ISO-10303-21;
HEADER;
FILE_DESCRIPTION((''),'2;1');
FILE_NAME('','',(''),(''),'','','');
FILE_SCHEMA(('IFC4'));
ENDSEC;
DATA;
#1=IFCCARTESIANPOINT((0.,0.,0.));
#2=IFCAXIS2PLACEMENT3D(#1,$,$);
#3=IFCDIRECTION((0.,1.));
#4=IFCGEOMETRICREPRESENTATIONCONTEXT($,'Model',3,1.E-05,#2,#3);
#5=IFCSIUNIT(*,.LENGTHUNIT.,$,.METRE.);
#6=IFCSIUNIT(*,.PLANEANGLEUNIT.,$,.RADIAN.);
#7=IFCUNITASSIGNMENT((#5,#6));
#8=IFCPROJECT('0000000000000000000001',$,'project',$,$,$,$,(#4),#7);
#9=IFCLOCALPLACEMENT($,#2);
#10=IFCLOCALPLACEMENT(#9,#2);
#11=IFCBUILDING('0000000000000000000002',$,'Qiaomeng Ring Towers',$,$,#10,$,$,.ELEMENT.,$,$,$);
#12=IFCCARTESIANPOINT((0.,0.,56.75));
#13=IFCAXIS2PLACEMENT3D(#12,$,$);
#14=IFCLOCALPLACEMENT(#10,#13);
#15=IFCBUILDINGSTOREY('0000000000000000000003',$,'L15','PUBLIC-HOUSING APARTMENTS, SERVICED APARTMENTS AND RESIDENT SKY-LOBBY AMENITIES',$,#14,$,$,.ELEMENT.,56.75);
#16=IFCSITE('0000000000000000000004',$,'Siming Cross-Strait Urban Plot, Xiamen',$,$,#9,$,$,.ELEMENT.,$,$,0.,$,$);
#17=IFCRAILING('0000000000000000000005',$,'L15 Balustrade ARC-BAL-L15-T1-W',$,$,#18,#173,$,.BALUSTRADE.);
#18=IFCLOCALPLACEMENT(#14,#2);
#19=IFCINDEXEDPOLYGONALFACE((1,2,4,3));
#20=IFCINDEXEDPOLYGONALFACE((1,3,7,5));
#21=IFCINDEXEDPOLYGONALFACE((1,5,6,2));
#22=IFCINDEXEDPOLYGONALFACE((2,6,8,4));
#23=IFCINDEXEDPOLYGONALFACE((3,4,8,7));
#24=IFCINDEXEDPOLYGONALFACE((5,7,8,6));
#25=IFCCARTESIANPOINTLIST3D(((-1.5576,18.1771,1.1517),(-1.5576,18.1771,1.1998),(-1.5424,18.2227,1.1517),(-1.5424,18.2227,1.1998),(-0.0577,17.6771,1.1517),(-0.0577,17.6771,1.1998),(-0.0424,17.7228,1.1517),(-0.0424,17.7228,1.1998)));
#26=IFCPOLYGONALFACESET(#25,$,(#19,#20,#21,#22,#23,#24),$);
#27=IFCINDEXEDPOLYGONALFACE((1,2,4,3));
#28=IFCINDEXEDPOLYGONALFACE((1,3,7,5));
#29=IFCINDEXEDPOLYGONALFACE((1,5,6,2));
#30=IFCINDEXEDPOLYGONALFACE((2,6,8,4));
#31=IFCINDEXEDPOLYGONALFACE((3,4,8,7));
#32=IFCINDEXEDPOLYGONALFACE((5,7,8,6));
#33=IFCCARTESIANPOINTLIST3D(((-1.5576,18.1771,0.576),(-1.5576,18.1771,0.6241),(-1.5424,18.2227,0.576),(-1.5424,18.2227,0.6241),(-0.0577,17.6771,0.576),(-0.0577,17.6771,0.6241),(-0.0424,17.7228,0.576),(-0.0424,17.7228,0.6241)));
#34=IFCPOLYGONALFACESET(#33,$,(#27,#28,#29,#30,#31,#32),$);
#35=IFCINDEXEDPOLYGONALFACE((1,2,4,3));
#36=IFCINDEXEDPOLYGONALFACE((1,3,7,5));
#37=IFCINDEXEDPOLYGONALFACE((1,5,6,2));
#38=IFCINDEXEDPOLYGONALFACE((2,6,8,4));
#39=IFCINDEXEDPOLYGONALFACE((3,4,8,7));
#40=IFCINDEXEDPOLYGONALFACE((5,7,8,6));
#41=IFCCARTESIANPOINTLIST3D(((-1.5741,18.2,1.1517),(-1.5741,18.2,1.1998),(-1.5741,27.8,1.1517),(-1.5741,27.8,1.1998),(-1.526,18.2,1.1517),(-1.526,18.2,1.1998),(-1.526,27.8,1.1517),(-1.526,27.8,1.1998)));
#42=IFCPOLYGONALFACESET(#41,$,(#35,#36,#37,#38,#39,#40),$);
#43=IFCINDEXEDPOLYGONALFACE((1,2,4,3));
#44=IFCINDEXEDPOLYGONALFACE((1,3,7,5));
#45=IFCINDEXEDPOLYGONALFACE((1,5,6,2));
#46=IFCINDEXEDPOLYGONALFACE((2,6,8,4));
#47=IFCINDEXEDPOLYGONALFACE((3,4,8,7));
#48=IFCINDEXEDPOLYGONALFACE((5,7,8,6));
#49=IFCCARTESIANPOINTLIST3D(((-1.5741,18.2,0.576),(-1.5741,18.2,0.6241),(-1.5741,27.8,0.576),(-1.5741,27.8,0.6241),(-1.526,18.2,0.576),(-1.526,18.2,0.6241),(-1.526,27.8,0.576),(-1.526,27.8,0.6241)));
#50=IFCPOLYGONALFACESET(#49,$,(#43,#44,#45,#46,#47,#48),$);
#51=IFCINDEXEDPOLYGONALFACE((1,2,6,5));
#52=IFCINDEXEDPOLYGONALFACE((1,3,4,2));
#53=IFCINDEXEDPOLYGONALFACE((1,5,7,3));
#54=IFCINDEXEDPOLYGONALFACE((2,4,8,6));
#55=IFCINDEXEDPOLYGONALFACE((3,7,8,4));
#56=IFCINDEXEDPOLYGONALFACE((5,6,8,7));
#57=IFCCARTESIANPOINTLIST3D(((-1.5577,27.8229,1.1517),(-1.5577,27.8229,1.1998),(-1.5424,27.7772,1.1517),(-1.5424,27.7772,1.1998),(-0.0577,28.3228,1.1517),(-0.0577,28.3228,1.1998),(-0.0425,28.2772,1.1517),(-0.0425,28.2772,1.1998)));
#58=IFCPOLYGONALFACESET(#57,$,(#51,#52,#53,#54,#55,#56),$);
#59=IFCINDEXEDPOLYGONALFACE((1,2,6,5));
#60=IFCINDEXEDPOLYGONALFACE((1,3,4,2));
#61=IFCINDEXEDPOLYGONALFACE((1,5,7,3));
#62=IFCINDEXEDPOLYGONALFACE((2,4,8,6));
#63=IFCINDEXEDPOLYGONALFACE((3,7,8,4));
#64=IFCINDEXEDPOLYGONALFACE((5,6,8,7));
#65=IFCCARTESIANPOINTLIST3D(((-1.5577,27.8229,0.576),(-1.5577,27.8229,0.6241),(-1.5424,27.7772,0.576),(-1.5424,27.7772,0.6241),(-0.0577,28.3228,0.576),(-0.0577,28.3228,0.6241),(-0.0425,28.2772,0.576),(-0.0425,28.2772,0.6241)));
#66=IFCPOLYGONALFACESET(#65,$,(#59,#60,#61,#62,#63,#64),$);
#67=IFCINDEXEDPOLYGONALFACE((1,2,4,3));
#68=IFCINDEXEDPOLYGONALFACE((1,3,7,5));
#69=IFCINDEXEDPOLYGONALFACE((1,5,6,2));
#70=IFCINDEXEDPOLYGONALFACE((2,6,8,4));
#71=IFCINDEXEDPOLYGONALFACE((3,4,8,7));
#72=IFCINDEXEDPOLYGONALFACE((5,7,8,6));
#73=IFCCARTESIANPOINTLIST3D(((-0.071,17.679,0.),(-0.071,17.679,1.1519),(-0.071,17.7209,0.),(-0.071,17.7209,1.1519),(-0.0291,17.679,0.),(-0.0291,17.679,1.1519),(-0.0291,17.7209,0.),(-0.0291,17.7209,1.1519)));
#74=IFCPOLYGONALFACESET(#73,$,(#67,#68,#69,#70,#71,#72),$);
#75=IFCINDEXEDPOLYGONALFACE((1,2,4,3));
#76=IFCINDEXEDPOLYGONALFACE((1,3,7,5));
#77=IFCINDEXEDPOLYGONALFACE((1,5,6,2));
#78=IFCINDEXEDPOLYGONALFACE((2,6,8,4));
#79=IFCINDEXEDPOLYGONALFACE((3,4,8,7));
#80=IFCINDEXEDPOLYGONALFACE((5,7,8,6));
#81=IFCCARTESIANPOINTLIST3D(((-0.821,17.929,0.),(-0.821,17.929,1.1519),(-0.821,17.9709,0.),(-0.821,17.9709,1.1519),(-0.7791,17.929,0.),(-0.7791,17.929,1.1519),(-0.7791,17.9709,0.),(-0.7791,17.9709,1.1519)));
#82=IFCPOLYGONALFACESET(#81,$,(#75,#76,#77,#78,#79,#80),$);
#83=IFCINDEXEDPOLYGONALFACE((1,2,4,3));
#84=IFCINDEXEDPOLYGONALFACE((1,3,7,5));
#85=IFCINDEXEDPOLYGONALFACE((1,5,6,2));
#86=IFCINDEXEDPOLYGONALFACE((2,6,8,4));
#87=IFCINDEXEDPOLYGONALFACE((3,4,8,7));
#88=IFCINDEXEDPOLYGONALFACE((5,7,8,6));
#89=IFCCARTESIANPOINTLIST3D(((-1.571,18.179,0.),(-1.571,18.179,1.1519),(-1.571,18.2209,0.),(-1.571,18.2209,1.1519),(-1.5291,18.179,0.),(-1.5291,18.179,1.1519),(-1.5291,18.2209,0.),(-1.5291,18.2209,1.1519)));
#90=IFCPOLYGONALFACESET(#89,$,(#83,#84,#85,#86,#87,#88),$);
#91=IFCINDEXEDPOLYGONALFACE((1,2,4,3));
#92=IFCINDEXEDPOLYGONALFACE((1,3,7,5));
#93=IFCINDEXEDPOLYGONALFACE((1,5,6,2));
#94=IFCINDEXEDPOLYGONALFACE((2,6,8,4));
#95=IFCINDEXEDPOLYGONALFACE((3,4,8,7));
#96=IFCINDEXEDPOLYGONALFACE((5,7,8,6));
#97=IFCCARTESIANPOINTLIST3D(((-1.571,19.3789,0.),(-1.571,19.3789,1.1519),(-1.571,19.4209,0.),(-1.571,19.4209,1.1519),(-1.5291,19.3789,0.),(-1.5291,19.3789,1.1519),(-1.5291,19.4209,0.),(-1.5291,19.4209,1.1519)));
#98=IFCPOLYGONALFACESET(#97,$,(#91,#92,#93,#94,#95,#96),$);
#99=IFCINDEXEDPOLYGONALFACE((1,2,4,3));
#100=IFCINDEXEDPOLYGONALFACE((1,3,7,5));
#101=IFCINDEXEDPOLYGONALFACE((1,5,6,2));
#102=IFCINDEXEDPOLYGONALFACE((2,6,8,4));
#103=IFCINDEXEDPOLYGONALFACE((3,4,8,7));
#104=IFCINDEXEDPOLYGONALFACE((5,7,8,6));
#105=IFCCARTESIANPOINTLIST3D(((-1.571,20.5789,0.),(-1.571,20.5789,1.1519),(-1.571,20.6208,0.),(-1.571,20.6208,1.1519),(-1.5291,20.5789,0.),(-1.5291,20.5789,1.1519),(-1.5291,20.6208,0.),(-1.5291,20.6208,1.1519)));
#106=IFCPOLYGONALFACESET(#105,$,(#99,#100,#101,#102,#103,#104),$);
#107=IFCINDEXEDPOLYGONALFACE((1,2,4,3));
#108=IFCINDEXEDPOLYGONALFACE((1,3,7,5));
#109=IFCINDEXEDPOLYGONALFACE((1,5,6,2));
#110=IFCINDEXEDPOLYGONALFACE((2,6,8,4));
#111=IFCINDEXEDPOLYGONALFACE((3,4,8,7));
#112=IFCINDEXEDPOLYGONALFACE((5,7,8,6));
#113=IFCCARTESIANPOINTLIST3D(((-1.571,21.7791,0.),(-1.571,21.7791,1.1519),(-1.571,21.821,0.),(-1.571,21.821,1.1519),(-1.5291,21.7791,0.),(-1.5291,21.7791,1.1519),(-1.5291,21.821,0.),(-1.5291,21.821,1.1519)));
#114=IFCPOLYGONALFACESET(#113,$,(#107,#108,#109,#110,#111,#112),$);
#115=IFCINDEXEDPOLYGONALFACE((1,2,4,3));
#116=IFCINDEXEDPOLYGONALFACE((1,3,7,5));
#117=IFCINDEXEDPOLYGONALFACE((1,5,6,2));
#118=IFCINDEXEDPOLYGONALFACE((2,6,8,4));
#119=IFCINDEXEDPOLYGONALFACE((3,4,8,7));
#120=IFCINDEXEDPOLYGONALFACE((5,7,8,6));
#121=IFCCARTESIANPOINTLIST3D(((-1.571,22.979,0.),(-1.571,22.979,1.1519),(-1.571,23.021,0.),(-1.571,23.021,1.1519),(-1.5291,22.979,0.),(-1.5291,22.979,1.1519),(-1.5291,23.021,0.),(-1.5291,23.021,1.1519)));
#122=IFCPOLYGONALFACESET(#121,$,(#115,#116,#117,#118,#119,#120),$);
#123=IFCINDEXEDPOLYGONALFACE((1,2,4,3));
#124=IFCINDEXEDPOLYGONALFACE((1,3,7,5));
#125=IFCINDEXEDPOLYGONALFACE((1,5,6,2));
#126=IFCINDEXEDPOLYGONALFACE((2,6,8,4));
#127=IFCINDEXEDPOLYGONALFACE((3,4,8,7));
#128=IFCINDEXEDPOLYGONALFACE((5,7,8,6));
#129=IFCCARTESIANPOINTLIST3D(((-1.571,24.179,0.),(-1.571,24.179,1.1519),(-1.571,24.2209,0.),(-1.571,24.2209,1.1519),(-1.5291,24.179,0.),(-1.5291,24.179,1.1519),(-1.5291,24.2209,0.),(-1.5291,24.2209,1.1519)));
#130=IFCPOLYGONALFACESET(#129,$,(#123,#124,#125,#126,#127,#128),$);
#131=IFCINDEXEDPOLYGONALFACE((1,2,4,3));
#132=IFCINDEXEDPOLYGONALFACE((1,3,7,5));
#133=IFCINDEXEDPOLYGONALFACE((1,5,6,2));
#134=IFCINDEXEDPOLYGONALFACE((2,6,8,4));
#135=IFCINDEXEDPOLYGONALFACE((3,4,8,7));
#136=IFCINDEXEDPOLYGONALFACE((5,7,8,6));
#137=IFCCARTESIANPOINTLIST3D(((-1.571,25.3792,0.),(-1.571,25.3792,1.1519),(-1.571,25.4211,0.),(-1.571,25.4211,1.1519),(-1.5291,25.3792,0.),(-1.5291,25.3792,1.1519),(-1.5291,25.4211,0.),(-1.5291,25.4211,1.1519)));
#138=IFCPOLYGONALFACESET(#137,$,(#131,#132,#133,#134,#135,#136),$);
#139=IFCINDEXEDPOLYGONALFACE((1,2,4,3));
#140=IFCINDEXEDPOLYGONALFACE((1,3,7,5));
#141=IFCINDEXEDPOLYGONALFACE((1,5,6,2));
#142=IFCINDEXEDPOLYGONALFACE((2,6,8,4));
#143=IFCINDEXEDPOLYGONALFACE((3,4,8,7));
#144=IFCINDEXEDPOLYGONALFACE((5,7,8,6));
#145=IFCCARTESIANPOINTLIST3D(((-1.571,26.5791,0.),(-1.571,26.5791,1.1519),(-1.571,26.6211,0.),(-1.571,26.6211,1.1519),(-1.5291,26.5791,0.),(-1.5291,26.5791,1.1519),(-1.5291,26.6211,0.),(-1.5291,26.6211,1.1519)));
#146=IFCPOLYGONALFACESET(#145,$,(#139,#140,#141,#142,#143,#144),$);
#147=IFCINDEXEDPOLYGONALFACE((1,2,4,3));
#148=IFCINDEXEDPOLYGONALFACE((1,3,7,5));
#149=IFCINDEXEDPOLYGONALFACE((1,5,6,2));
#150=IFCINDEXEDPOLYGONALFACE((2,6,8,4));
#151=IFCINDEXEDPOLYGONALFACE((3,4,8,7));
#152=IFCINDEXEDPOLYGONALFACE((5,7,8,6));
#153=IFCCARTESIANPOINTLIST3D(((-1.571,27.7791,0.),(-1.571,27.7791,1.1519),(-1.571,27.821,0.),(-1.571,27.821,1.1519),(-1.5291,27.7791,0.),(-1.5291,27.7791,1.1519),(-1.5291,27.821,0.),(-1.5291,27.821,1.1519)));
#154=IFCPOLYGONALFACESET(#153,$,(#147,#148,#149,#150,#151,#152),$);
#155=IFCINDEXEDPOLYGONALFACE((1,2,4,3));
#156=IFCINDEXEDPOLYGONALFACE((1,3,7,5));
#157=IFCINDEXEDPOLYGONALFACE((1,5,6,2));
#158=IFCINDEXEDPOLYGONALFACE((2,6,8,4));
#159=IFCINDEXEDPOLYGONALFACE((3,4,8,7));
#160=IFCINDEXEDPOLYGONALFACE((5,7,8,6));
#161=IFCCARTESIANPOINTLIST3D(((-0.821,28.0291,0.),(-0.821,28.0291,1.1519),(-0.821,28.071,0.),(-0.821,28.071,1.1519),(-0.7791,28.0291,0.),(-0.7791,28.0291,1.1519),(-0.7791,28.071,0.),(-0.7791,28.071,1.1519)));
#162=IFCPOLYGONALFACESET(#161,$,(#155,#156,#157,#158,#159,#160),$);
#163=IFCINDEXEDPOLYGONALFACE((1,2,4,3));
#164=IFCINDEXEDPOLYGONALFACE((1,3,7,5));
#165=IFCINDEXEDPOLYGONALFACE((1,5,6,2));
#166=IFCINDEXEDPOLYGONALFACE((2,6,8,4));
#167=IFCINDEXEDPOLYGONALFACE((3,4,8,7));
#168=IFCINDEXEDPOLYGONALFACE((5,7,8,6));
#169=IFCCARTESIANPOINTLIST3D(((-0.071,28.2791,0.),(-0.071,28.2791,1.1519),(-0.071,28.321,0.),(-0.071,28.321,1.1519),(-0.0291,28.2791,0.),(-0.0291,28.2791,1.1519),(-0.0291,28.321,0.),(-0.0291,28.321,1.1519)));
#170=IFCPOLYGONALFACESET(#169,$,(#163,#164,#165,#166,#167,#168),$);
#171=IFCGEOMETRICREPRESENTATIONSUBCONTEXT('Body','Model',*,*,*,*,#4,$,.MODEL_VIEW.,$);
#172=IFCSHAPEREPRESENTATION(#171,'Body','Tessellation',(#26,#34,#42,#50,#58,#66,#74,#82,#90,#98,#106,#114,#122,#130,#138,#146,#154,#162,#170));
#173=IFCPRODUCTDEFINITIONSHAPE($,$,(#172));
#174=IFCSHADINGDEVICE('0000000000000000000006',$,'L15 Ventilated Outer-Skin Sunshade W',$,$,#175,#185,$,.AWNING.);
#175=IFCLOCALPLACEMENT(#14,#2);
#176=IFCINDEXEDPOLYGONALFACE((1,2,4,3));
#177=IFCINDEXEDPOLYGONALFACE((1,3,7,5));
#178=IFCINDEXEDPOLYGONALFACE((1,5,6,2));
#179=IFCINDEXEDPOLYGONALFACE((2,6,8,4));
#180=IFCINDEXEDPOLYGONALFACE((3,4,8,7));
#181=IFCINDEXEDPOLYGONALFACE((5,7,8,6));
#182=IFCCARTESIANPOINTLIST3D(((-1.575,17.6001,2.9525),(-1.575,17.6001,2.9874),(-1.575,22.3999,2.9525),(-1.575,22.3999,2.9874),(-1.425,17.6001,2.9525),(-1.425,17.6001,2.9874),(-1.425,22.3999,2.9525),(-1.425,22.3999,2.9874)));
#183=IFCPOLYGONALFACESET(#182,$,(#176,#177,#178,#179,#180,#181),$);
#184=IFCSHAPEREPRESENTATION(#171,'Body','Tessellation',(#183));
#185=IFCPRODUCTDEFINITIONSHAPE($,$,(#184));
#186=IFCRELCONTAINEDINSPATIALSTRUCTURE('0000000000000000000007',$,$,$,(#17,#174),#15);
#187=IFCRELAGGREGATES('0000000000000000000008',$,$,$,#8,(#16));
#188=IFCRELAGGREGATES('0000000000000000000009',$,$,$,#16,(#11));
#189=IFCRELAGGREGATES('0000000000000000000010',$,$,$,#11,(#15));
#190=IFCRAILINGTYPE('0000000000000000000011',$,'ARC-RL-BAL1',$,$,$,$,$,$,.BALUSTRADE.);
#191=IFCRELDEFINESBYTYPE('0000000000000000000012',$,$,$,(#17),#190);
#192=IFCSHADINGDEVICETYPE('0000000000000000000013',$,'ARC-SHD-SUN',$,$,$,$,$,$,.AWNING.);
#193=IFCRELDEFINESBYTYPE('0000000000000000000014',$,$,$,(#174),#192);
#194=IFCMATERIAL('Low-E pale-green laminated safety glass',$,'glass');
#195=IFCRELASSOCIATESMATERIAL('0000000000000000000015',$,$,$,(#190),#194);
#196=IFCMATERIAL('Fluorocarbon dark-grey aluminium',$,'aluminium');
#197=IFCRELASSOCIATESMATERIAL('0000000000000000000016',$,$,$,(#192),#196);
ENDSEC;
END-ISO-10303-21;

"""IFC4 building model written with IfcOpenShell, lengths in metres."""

from ifc_helpers import new_model, si_unit, direction, frame, origin, origin_2d, place, context, subcontext, project, spatial, rectangle, extrude, source, transform, mapped, material, material_profile, profile_set, type_object, element, save


model = new_model("IFC4")

# Units and contexts
model_context = context("Model", 3, precision=1e-05, world=origin(), true_north=direction((0.0, 1.0)))
body_context = subcontext(model_context, "Body", "Model", "MODEL_VIEW")
ifc_project = project(units=[si_unit("LENGTHUNIT", "METRE"), si_unit("PLANEANGLEUNIT", "RADIAN")], contexts=[model_context])

# Site, building, storey
site_placement = place(None, origin())
site = spatial("IfcSite", under=ifc_project, at=site_placement, Name="Siming Cross-Strait Urban Plot, Xiamen", CompositionType="ELEMENT", RefElevation=0.0)
building_placement = place(site_placement, origin())
building = spatial("IfcBuilding", under=site, at=building_placement, Name="Qiaomeng Ring Towers", CompositionType="ELEMENT")
storey_placement = place(building_placement, frame((0.0, 0.0, 56.75)))
storey = spatial("IfcBuildingStorey", under=building, at=storey_placement, Name="L15", Description="PUBLIC-HOUSING APARTMENTS, SERVICED APARTMENTS AND RESIDENT SKY-LOBBY AMENITIES", CompositionType="ELEMENT", Elevation=56.75)

# Shared definitions
ifc_material_1 = material(Name="Fluorocarbon dark-grey aluminium", Category="aluminium")

# Railing
ifc_material_2 = material(Name="Low-E pale-green laminated safety glass", Category="glass")
railing_type = type_object("IfcRailingType", Name="ARC-RL-BAL1", PredefinedType="BALUSTRADE", material=ifc_material_2)
railing_1_placement = place(storey_placement, frame((-0.05, 17.7, 0.0)))
element("IfcRailing", 1, at=railing_1_placement, inside=storey, type_object=railing_type, Name="L15 Balustrade ARC-BAL-L15-T1-W", PredefinedType="BALUSTRADE", context=body_context, shape_type="SweptSolid", body=[
    extrude(rectangle(XDim=0.0481, YDim=0.0481, at=origin_2d()), frame((0.0, 0.0, 1.1758), z_axis=(-0.948683, 0.316228, 0.0), x_axis=(-0.316228, -0.948683, 0.0)), (0.0, 0.0, 1.0), 1.5811),
    extrude(rectangle(XDim=0.0481, YDim=0.0481, at=origin_2d()), frame((0.0, 0.0, 0.6001), z_axis=(-0.948683, 0.316228, 0.0), x_axis=(-0.316228, -0.948683, 0.0)), (0.0, 0.0, 1.0), 1.5811),
    extrude(rectangle(XDim=0.0481, YDim=0.0481, at=origin_2d()), frame((-1.5, 0.5, 1.1758), z_axis=(0.0, 1.0, 0.0), x_axis=(-1.0, 0.0, 0.0)), (0.0, 0.0, 1.0), 9.6001),
    extrude(rectangle(XDim=0.0481, YDim=0.0481, at=origin_2d()), frame((-1.5, 0.5, 0.6001), z_axis=(0.0, 1.0, 0.0), x_axis=(-1.0, 0.0, 0.0)), (0.0, 0.0, 1.0), 9.6001),
    extrude(rectangle(XDim=0.0481, YDim=0.0481, at=origin_2d()), frame((-1.5, 10.1001, 1.1758), z_axis=(0.948683, 0.316228, 0.0), x_axis=(-0.316228, 0.948683, 0.0)), (0.0, 0.0, 1.0), 1.5811),
    extrude(rectangle(XDim=0.0481, YDim=0.0481, at=origin_2d()), frame((-1.5, 10.1001, 0.6001), z_axis=(0.948683, 0.316228, 0.0), x_axis=(-0.316228, 0.948683, 0.0)), (0.0, 0.0, 1.0), 1.5811),
    extrude(rectangle(XDim=0.042, YDim=0.042, at=origin_2d()), origin(), (0.0, 0.0, 1.0), 1.1519),
    extrude(rectangle(XDim=0.042, YDim=0.042, at=origin_2d()), frame((-0.75, 0.25, 0.0)), (0.0, 0.0, 1.0), 1.1519),
    extrude(rectangle(XDim=0.042, YDim=0.042, at=origin_2d()), frame((-1.5, 0.5, 0.0)), (0.0, 0.0, 1.0), 1.1519),
    extrude(rectangle(XDim=0.042, YDim=0.042, at=origin_2d()), frame((-1.5, 1.7, 0.0)), (0.0, 0.0, 1.0), 1.1519),
    extrude(rectangle(XDim=0.042, YDim=0.042, at=origin_2d()), frame((-1.5, 2.8999, 0.0)), (0.0, 0.0, 1.0), 1.1519),
    extrude(rectangle(XDim=0.042, YDim=0.042, at=origin_2d()), frame((-1.5, 4.1001, 0.0)), (0.0, 0.0, 1.0), 1.1519),
    extrude(rectangle(XDim=0.042, YDim=0.042, at=origin_2d()), frame((-1.5, 5.3, 0.0)), (0.0, 0.0, 1.0), 1.1519),
    extrude(rectangle(XDim=0.042, YDim=0.042, at=origin_2d()), frame((-1.5, 6.5, 0.0)), (0.0, 0.0, 1.0), 1.1519),
    extrude(rectangle(XDim=0.042, YDim=0.042, at=origin_2d()), frame((-1.5, 7.7002, 0.0)), (0.0, 0.0, 1.0), 1.1519),
    extrude(rectangle(XDim=0.042, YDim=0.042, at=origin_2d()), frame((-1.5, 8.9001, 0.0)), (0.0, 0.0, 1.0), 1.1519),
    extrude(rectangle(XDim=0.042, YDim=0.042, at=origin_2d()), frame((-1.5, 10.1001, 0.0)), (0.0, 0.0, 1.0), 1.1519),
    extrude(rectangle(XDim=0.042, YDim=0.042, at=origin_2d()), frame((-0.75, 10.3501, 0.0)), (0.0, 0.0, 1.0), 1.1519),
    extrude(rectangle(XDim=0.042, YDim=0.042, at=origin_2d()), frame((0.0, 10.6001, 0.0)), (0.0, 0.0, 1.0), 1.1519),
])

# Shading device
ifc_material_profile_1 = material_profile(ifc_material_1, rectangle(XDim=0.1499, YDim=0.0349, at=origin_2d()), Name="LV BLADE 150x35")
ifc_profile_set_1 = profile_set([ifc_material_profile_1], Name="Fluorocarbon dark-grey aluminium")
shading_device_type = type_object("IfcShadingDeviceType", Name="ARC-SHD-SUN", PredefinedType="AWNING", material=ifc_profile_set_1)
shared_shape_1 = source(origin(), body_context, "Body", "SweptSolid", [
    extrude(rectangle(XDim=0.1499, YDim=0.0349, at=origin_2d()), origin(), (0.0, 0.0, 1.0), 4.7998),
])
shading_device_placement = place(storey_placement, frame((-1.5, 17.6001, 2.97), z_axis=(0.0, 1.0, 0.0), x_axis=(-1.0, 0.0, 0.0)))
element("IfcShadingDevice", 2, at=shading_device_placement, inside=storey, type_object=shading_device_type, Name="L15 Ventilated Outer-Skin Sunshade W", PredefinedType="AWNING", context=body_context, shape_type="MappedRepresentation", body=[
    mapped(shared_shape_1, transform((0.0, 0.0, 0.0), x_axis=(1.0, 0.0, 0.0), y_axis=(0.0, 1.0, 0.0), z_axis=(0.0, 0.0, 1.0), scale=1.0)),
])

save(model, "model.ifc")
